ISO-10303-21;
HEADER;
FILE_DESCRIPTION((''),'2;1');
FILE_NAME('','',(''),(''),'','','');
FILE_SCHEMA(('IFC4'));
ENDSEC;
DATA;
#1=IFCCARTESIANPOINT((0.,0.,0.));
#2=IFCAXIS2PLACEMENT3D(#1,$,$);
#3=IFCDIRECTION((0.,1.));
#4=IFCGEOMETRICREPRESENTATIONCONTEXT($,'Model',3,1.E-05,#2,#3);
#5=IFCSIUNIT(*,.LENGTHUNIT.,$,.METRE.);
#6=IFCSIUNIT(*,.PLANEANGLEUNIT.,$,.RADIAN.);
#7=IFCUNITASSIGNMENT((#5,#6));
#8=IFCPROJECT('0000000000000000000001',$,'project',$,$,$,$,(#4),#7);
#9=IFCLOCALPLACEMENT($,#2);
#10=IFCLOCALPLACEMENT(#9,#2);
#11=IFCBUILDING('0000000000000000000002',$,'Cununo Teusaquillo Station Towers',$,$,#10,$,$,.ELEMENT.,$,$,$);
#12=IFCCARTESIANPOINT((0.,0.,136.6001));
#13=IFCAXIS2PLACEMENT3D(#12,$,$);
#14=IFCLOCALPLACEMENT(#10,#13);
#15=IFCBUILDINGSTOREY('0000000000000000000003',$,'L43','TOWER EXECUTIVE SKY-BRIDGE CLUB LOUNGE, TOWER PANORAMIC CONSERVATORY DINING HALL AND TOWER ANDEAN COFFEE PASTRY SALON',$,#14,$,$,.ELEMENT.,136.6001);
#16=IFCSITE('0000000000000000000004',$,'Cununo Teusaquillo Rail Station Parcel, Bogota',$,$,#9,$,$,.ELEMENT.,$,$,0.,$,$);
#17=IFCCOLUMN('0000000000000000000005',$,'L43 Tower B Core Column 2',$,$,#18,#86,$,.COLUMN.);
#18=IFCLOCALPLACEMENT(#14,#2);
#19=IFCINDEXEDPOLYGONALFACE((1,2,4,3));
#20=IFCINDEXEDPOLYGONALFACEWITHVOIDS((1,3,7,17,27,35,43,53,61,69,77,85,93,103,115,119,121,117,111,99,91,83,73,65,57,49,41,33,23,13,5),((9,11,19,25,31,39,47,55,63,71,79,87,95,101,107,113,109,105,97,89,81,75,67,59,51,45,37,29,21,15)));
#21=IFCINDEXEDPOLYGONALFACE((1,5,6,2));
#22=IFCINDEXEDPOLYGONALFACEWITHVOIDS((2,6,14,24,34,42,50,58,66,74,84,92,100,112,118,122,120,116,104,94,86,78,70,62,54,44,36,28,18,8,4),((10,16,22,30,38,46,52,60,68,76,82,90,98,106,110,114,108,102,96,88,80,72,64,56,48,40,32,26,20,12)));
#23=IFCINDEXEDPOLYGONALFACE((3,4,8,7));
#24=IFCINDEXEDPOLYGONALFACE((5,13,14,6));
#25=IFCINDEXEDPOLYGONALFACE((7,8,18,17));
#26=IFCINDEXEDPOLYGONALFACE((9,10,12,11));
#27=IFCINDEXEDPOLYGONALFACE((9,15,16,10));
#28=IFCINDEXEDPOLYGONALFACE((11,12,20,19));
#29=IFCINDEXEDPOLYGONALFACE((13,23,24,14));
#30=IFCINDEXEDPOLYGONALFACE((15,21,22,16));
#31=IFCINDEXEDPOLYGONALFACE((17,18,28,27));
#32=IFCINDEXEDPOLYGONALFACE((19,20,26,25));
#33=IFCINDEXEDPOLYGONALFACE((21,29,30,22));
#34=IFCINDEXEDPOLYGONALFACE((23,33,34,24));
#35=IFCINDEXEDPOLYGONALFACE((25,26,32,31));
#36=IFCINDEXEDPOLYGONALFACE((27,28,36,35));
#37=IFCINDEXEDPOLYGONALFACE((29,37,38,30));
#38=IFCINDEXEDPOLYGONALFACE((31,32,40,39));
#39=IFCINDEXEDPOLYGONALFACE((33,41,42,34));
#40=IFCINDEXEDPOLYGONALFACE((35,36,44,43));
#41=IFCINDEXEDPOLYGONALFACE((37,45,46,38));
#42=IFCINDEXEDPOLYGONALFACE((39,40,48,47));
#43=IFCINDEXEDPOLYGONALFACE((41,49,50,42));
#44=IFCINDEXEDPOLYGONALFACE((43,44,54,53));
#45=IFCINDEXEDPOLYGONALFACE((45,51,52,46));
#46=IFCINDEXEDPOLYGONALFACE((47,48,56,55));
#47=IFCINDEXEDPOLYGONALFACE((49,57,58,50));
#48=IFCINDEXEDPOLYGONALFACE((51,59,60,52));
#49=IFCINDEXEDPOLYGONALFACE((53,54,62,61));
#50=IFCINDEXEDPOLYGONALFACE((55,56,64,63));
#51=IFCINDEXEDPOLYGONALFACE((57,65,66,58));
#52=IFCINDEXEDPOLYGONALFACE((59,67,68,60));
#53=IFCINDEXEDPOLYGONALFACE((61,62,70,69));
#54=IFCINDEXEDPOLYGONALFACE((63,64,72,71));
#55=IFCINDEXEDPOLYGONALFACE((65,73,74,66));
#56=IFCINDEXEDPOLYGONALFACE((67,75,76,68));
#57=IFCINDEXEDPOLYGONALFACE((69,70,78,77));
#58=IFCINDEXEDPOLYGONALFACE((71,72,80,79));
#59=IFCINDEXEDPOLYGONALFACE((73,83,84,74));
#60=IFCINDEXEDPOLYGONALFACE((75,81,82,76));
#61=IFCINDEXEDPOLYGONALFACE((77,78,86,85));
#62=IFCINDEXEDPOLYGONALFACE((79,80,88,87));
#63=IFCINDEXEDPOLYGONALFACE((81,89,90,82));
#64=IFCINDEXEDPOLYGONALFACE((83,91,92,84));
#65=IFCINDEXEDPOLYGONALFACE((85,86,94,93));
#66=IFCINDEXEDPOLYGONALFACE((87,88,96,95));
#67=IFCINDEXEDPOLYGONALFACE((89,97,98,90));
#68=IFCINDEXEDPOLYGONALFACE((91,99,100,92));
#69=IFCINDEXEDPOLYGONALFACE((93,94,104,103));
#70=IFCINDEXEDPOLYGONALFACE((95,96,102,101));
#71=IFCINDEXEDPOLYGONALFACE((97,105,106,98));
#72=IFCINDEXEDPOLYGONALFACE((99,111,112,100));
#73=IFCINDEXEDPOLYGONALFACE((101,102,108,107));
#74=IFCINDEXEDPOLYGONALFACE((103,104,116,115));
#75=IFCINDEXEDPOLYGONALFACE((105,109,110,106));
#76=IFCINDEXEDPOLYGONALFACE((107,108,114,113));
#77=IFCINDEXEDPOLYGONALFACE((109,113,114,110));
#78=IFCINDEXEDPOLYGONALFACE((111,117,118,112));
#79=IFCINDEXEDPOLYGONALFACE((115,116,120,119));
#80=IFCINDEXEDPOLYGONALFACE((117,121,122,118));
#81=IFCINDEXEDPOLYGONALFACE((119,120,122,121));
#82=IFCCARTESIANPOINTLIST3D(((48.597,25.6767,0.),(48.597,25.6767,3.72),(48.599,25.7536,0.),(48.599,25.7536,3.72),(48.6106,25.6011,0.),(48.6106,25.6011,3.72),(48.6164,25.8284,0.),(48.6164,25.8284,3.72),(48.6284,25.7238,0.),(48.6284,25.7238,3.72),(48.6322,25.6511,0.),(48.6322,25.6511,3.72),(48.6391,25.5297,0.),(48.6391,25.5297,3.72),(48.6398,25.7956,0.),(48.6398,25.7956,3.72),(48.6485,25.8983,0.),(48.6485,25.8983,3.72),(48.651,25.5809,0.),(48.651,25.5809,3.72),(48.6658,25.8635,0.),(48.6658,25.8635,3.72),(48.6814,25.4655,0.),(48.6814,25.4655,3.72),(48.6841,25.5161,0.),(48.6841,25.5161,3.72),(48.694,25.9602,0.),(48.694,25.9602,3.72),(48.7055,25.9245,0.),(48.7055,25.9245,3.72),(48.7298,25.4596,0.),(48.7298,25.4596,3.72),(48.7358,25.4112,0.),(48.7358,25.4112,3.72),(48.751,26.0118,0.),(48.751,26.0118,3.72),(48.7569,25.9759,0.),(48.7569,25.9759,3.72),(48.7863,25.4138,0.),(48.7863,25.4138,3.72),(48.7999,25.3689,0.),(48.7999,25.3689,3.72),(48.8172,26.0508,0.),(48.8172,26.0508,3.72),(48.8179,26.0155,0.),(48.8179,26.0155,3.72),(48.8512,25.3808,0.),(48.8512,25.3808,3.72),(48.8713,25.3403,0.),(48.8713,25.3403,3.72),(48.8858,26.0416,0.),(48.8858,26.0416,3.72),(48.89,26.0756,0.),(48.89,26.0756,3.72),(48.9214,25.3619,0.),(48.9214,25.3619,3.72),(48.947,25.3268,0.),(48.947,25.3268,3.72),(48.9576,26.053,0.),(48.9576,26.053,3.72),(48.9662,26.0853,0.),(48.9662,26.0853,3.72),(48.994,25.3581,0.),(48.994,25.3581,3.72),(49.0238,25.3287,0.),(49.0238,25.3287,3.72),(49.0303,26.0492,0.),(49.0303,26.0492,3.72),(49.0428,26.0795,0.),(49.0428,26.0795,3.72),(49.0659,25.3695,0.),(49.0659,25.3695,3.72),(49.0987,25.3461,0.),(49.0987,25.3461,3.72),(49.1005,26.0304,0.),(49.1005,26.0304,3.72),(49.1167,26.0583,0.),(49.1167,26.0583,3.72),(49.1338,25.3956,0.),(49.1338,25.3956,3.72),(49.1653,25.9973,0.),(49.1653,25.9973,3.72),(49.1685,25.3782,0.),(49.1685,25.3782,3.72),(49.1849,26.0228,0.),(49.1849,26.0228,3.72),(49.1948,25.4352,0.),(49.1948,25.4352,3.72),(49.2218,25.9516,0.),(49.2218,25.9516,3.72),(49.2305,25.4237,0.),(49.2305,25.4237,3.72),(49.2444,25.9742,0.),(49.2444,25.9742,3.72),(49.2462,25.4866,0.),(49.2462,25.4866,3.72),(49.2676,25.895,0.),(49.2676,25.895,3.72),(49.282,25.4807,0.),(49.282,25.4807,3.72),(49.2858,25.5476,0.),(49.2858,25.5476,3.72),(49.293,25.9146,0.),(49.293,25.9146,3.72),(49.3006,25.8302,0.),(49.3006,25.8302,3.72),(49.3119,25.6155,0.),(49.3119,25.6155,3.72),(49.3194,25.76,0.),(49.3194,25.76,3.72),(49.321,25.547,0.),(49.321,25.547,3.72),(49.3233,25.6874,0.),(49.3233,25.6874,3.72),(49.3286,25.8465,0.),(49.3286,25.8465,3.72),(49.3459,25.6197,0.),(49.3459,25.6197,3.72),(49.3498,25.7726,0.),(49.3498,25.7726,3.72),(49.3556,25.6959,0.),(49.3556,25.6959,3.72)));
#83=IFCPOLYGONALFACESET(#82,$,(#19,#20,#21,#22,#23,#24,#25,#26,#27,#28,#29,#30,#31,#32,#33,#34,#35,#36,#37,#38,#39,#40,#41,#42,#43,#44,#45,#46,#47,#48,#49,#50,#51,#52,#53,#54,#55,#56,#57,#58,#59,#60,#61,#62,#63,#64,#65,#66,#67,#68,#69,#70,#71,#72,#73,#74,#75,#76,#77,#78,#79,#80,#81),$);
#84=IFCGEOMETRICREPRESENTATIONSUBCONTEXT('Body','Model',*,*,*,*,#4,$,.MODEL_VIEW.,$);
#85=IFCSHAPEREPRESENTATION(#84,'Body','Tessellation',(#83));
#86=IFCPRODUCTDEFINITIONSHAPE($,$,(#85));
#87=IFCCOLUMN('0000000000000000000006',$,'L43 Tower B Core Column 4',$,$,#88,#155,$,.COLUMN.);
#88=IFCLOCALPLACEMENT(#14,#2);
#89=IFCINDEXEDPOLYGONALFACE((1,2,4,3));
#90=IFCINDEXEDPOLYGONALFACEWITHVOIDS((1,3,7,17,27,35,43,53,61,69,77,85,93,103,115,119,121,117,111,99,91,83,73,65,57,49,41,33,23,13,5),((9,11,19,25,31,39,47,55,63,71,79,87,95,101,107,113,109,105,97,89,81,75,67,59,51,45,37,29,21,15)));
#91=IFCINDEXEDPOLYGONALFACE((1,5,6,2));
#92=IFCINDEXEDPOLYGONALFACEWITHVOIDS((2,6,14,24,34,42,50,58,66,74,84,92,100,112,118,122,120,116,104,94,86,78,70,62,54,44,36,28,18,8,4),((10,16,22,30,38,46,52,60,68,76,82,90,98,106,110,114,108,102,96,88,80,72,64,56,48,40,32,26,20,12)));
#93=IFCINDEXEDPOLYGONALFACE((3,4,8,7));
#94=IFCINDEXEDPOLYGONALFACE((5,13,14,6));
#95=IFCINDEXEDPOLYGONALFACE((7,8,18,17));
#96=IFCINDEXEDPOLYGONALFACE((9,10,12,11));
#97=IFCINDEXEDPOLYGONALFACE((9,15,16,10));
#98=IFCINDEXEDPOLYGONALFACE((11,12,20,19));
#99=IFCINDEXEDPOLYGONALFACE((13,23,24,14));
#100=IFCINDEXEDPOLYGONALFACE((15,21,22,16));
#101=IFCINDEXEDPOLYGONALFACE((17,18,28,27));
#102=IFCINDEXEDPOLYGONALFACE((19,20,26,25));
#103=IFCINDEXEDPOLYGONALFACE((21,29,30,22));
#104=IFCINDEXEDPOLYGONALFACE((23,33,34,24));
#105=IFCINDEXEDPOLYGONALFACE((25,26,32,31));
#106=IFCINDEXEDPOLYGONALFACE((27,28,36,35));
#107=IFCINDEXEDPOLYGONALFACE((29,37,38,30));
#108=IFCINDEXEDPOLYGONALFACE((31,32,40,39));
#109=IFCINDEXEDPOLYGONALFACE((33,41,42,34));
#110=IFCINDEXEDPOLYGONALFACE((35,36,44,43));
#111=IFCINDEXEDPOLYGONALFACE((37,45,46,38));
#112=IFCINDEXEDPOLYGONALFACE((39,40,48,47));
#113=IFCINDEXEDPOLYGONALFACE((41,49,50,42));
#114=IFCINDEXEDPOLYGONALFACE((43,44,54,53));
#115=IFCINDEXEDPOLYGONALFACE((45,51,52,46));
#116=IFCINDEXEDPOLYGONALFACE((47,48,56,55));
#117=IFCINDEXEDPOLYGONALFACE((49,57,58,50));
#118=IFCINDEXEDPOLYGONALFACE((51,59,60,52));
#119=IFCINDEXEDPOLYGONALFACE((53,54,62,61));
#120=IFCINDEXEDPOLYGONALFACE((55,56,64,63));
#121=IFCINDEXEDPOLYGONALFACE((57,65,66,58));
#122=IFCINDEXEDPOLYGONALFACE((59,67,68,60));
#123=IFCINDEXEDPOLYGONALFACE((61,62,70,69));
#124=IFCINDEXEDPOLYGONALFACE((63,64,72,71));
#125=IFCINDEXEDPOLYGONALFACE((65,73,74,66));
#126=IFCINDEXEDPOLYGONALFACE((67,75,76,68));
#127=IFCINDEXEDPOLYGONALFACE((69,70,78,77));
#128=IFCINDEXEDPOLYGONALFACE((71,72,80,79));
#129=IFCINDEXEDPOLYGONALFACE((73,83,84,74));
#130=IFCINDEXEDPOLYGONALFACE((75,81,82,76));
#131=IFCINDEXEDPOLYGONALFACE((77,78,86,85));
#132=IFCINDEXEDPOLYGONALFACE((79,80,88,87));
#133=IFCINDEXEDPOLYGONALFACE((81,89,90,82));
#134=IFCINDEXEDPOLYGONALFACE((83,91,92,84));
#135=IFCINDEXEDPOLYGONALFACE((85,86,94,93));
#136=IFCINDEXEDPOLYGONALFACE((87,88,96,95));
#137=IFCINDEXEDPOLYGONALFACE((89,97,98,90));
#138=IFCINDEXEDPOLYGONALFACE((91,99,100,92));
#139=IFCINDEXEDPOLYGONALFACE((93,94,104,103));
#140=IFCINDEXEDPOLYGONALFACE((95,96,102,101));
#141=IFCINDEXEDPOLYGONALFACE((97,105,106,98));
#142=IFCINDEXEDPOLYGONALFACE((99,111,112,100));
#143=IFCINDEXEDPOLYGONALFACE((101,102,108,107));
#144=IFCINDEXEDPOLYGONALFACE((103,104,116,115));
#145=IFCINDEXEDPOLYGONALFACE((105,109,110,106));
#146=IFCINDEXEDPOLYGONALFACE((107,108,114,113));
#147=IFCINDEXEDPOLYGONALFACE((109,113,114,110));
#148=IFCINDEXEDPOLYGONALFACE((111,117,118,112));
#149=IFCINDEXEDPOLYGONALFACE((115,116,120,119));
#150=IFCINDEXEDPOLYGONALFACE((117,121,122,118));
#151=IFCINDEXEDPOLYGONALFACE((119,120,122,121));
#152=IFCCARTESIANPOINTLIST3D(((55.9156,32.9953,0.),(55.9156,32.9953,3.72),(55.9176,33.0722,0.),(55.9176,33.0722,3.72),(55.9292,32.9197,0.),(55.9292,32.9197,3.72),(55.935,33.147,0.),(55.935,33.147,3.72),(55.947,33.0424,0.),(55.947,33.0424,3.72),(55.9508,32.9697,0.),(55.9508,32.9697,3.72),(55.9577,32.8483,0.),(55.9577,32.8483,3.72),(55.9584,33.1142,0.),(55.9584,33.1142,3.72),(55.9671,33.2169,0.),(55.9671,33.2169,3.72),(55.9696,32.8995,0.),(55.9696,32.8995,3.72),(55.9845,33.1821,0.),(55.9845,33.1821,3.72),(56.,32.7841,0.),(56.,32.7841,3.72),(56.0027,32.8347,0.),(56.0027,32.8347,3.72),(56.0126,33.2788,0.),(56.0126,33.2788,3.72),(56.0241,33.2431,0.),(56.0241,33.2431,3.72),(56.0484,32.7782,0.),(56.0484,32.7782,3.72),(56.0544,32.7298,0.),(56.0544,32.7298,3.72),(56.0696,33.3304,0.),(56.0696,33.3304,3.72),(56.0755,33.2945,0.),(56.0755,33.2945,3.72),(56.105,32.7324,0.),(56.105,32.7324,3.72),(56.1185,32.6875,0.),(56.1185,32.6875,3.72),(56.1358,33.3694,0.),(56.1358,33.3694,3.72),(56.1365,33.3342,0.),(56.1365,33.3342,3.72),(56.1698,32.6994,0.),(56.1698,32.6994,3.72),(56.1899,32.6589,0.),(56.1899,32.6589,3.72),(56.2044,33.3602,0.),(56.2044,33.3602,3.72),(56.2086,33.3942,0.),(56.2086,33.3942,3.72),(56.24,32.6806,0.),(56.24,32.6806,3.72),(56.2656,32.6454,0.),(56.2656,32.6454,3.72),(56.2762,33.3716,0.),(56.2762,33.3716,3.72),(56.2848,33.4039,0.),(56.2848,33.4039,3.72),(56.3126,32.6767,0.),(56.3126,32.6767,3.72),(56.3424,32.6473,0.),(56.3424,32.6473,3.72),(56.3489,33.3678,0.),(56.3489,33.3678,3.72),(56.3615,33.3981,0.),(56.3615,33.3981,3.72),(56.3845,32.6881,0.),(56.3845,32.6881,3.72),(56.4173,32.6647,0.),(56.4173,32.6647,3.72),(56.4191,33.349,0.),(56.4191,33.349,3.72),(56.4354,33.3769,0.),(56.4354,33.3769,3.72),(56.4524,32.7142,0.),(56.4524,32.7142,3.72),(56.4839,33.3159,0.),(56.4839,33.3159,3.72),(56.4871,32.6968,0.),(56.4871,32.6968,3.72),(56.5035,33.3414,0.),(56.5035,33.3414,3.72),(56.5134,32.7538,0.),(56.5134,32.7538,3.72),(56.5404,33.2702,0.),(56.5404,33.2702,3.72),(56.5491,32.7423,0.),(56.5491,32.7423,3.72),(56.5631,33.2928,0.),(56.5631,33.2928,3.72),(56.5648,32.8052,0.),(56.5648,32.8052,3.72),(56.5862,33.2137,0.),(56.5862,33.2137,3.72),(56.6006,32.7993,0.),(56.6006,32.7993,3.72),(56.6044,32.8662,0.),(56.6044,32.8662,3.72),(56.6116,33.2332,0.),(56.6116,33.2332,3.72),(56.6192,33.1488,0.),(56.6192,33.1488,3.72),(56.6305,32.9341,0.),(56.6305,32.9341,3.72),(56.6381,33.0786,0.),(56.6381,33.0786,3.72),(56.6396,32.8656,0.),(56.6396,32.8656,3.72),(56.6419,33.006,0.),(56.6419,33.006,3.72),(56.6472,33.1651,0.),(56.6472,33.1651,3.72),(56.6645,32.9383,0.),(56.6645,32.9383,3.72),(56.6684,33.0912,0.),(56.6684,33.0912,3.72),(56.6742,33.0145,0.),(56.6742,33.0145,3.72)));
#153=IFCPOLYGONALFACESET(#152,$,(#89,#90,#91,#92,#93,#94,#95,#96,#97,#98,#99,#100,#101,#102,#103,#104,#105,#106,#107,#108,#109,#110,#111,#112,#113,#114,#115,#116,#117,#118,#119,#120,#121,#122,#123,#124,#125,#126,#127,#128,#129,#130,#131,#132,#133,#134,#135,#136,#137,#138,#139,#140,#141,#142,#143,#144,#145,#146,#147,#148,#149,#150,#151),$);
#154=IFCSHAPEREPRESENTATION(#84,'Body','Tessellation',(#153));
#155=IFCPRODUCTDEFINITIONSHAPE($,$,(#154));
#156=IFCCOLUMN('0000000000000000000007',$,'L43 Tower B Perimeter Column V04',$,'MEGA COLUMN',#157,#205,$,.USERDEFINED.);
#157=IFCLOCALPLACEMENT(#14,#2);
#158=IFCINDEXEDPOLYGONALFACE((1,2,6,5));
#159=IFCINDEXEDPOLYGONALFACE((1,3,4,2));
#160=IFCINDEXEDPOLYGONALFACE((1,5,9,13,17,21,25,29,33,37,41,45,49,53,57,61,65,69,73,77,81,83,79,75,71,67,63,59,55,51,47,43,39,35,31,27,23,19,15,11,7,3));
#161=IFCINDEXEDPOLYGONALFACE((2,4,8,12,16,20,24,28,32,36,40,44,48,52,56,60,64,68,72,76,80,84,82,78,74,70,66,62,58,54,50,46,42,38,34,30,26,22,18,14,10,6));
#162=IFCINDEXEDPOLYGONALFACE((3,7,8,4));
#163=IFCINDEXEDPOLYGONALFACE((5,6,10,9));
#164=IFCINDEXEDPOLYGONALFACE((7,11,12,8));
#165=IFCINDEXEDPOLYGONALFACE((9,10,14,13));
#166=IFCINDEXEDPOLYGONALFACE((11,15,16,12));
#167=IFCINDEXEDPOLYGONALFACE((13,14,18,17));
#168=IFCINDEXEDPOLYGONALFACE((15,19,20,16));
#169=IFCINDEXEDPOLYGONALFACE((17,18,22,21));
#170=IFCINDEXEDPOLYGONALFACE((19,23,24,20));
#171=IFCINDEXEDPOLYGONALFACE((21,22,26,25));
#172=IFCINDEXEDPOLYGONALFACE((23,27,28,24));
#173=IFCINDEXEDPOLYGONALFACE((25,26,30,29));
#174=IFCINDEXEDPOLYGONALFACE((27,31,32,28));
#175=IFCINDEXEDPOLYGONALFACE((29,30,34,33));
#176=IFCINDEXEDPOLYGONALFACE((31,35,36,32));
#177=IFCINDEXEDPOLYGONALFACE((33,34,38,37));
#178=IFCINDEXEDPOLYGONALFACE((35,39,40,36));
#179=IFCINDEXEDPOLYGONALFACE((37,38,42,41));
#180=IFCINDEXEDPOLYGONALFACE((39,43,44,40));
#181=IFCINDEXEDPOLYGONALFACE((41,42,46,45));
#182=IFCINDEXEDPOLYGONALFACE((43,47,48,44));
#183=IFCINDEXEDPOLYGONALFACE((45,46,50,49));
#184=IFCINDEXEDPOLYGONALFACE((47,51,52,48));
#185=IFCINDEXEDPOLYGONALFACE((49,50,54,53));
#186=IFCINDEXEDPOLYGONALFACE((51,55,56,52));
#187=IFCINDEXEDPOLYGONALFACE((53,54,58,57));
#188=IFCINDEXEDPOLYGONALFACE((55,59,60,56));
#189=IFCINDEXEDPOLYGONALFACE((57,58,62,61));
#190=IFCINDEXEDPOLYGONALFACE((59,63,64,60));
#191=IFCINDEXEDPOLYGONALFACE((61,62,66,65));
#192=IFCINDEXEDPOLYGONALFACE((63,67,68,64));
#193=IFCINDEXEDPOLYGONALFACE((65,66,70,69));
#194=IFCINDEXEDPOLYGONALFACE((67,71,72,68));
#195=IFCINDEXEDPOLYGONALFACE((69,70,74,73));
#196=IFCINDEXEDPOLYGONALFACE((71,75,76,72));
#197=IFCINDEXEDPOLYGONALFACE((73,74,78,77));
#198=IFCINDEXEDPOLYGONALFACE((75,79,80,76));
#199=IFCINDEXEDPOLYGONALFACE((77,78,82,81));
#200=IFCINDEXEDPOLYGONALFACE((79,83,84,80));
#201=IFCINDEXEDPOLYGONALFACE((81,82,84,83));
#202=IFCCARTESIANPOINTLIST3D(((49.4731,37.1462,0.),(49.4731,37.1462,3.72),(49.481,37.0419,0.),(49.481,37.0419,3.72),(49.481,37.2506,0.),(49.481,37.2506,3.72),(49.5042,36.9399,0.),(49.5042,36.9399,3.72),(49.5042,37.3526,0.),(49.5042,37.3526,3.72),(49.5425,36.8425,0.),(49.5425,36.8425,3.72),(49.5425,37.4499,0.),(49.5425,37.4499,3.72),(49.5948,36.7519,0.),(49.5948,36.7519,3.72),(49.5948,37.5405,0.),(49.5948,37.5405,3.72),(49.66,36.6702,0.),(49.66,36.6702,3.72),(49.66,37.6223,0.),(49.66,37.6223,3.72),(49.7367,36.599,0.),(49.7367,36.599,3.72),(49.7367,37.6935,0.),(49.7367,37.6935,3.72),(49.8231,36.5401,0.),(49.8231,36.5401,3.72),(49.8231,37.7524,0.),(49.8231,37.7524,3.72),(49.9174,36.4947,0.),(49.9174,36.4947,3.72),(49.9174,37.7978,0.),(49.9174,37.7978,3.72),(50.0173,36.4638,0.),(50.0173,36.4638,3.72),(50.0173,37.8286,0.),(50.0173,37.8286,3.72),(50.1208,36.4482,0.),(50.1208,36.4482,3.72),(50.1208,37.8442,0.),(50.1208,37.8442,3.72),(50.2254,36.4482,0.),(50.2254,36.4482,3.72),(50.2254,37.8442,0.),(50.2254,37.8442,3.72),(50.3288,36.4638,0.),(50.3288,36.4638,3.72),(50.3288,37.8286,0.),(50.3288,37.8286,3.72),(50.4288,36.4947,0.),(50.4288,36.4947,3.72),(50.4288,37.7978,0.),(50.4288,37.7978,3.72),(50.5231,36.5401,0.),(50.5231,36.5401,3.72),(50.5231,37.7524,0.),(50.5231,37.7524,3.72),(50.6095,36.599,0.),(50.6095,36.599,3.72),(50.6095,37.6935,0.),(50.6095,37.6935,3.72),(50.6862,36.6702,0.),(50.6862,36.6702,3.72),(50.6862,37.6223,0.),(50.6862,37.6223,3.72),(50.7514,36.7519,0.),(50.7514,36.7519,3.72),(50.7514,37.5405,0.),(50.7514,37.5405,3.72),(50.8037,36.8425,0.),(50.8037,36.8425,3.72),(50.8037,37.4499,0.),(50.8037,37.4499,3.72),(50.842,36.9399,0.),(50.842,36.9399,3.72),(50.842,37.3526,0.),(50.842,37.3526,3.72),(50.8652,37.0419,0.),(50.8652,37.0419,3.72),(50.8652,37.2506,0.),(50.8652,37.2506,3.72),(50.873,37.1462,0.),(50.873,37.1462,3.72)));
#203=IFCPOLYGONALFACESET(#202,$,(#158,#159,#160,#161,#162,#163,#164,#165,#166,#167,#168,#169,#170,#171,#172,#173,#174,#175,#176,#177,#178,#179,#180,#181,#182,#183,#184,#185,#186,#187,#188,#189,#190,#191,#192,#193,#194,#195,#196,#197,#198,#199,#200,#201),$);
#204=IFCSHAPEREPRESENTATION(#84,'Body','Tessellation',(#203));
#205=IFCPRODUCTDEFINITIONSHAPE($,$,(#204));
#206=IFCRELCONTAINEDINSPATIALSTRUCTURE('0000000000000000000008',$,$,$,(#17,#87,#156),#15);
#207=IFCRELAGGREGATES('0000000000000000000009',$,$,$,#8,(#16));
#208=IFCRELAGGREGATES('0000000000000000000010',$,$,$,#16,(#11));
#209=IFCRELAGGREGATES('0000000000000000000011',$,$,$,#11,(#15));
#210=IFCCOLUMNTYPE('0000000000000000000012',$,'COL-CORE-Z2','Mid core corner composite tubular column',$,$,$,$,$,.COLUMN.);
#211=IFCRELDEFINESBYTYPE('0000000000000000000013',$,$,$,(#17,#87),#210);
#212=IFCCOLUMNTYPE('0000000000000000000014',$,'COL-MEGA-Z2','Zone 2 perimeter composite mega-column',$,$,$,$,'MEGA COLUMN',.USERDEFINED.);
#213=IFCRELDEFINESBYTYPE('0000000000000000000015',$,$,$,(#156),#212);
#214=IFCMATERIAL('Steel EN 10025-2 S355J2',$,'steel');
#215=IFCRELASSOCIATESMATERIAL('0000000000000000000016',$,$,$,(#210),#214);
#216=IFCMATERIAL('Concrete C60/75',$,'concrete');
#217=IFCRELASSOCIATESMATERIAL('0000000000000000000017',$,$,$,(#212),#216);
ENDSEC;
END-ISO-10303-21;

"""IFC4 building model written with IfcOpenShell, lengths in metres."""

from ifc_helpers import new_model, si_unit, direction, frame, origin, origin_2d, place, context, subcontext, project, spatial, circle, hollow_circle, extrude, material, material_profile, profile_set, type_object, element, save


model = new_model("IFC4")

# Units and contexts
model_context = context("Model", 3, precision=1e-05, world=origin(), true_north=direction((0.0, 1.0)))
body_context = subcontext(model_context, "Body", "Model", "MODEL_VIEW")
ifc_project = project(units=[si_unit("LENGTHUNIT", "METRE"), si_unit("PLANEANGLEUNIT", "RADIAN")], contexts=[model_context])

# Site, building, storey
site_placement = place(None, origin())
site = spatial("IfcSite", under=ifc_project, at=site_placement, Name="Cununo Teusaquillo Rail Station Parcel, Bogota", CompositionType="ELEMENT", RefElevation=0.0)
building_placement = place(site_placement, origin())
building = spatial("IfcBuilding", under=site, at=building_placement, Name="Cununo Teusaquillo Station Towers", CompositionType="ELEMENT")
storey_placement = place(building_placement, frame((0.0, 0.0, 136.6001)))
storey = spatial("IfcBuildingStorey", under=building, at=storey_placement, Name="L43", Description="TOWER EXECUTIVE SKY-BRIDGE CLUB LOUNGE, TOWER PANORAMIC CONSERVATORY DINING HALL AND TOWER ANDEAN COFFEE PASTRY SALON", CompositionType="ELEMENT", Elevation=136.6001)

# Columns
ifc_material_1 = material(Name="Steel EN 10025-2 S355J2", Category="steel")
ifc_material_profile_1 = material_profile(ifc_material_1, hollow_circle(Radius=0.3799, WallThickness=0.032, at=origin_2d()), Name="CHS 760x32")
ifc_profile_set_1 = profile_set([ifc_material_profile_1], Name="Steel EN 10025-2 S355J2")
column_type_1 = type_object("IfcColumnType", Name="COL-CORE-Z2", Description="Mid core corner composite tubular column", PredefinedType="COLUMN", material=ifc_profile_set_1)
for number, where, z_axis, x_axis, name in (
    (1, (48.9758, 25.7056, 0.0), (0.0, 0.0, 1.0), (0.707107, 0.707107, 0.0), "L43 Tower B Core Column 2"),
    (2, (56.2944, 33.0242, 0.0), (0.0, 0.0, 1.0), (0.707107, 0.707107, 0.0), "L43 Tower B Core Column 4"),
):
    element("IfcColumn", number, at=place(storey_placement, frame(where, z_axis=z_axis, x_axis=x_axis)), inside=storey, type_object=column_type_1, Name=name, PredefinedType="COLUMN", context=body_context, shape_type="SweptSolid", body=[
        extrude(hollow_circle(Radius=0.3799, WallThickness=0.032, at=origin_2d()), origin(), (0.0, 0.0, 1.0), 3.72),
    ])
ifc_material_2 = material(Name="Concrete C60/75", Category="concrete")
ifc_material_profile_2 = material_profile(ifc_material_2, circle(Radius=0.7, at=origin_2d()), Name="RC-CIRC-1400")
ifc_profile_set_2 = profile_set([ifc_material_profile_2], Name="Concrete C60/75")
column_type_2 = type_object("IfcColumnType", Name="COL-MEGA-Z2", Description="Zone 2 perimeter composite mega-column", ElementType="MEGA COLUMN", PredefinedType="USERDEFINED", material=ifc_profile_set_2)
column_placement = place(storey_placement, frame((50.1731, 37.1462, 0.0), z_axis=(0.0, 0.0, 1.0), x_axis=(1.0, 0.0, 0.0)))
element("IfcColumn", 3, at=column_placement, inside=storey, type_object=column_type_2, Name="L43 Tower B Perimeter Column V04", ObjectType="MEGA COLUMN", PredefinedType="USERDEFINED", context=body_context, shape_type="SweptSolid", body=[
    extrude(circle(Radius=0.7, at=origin_2d()), origin(), (0.0, 0.0, 1.0), 3.72),
])

save(model, "model.ifc")
